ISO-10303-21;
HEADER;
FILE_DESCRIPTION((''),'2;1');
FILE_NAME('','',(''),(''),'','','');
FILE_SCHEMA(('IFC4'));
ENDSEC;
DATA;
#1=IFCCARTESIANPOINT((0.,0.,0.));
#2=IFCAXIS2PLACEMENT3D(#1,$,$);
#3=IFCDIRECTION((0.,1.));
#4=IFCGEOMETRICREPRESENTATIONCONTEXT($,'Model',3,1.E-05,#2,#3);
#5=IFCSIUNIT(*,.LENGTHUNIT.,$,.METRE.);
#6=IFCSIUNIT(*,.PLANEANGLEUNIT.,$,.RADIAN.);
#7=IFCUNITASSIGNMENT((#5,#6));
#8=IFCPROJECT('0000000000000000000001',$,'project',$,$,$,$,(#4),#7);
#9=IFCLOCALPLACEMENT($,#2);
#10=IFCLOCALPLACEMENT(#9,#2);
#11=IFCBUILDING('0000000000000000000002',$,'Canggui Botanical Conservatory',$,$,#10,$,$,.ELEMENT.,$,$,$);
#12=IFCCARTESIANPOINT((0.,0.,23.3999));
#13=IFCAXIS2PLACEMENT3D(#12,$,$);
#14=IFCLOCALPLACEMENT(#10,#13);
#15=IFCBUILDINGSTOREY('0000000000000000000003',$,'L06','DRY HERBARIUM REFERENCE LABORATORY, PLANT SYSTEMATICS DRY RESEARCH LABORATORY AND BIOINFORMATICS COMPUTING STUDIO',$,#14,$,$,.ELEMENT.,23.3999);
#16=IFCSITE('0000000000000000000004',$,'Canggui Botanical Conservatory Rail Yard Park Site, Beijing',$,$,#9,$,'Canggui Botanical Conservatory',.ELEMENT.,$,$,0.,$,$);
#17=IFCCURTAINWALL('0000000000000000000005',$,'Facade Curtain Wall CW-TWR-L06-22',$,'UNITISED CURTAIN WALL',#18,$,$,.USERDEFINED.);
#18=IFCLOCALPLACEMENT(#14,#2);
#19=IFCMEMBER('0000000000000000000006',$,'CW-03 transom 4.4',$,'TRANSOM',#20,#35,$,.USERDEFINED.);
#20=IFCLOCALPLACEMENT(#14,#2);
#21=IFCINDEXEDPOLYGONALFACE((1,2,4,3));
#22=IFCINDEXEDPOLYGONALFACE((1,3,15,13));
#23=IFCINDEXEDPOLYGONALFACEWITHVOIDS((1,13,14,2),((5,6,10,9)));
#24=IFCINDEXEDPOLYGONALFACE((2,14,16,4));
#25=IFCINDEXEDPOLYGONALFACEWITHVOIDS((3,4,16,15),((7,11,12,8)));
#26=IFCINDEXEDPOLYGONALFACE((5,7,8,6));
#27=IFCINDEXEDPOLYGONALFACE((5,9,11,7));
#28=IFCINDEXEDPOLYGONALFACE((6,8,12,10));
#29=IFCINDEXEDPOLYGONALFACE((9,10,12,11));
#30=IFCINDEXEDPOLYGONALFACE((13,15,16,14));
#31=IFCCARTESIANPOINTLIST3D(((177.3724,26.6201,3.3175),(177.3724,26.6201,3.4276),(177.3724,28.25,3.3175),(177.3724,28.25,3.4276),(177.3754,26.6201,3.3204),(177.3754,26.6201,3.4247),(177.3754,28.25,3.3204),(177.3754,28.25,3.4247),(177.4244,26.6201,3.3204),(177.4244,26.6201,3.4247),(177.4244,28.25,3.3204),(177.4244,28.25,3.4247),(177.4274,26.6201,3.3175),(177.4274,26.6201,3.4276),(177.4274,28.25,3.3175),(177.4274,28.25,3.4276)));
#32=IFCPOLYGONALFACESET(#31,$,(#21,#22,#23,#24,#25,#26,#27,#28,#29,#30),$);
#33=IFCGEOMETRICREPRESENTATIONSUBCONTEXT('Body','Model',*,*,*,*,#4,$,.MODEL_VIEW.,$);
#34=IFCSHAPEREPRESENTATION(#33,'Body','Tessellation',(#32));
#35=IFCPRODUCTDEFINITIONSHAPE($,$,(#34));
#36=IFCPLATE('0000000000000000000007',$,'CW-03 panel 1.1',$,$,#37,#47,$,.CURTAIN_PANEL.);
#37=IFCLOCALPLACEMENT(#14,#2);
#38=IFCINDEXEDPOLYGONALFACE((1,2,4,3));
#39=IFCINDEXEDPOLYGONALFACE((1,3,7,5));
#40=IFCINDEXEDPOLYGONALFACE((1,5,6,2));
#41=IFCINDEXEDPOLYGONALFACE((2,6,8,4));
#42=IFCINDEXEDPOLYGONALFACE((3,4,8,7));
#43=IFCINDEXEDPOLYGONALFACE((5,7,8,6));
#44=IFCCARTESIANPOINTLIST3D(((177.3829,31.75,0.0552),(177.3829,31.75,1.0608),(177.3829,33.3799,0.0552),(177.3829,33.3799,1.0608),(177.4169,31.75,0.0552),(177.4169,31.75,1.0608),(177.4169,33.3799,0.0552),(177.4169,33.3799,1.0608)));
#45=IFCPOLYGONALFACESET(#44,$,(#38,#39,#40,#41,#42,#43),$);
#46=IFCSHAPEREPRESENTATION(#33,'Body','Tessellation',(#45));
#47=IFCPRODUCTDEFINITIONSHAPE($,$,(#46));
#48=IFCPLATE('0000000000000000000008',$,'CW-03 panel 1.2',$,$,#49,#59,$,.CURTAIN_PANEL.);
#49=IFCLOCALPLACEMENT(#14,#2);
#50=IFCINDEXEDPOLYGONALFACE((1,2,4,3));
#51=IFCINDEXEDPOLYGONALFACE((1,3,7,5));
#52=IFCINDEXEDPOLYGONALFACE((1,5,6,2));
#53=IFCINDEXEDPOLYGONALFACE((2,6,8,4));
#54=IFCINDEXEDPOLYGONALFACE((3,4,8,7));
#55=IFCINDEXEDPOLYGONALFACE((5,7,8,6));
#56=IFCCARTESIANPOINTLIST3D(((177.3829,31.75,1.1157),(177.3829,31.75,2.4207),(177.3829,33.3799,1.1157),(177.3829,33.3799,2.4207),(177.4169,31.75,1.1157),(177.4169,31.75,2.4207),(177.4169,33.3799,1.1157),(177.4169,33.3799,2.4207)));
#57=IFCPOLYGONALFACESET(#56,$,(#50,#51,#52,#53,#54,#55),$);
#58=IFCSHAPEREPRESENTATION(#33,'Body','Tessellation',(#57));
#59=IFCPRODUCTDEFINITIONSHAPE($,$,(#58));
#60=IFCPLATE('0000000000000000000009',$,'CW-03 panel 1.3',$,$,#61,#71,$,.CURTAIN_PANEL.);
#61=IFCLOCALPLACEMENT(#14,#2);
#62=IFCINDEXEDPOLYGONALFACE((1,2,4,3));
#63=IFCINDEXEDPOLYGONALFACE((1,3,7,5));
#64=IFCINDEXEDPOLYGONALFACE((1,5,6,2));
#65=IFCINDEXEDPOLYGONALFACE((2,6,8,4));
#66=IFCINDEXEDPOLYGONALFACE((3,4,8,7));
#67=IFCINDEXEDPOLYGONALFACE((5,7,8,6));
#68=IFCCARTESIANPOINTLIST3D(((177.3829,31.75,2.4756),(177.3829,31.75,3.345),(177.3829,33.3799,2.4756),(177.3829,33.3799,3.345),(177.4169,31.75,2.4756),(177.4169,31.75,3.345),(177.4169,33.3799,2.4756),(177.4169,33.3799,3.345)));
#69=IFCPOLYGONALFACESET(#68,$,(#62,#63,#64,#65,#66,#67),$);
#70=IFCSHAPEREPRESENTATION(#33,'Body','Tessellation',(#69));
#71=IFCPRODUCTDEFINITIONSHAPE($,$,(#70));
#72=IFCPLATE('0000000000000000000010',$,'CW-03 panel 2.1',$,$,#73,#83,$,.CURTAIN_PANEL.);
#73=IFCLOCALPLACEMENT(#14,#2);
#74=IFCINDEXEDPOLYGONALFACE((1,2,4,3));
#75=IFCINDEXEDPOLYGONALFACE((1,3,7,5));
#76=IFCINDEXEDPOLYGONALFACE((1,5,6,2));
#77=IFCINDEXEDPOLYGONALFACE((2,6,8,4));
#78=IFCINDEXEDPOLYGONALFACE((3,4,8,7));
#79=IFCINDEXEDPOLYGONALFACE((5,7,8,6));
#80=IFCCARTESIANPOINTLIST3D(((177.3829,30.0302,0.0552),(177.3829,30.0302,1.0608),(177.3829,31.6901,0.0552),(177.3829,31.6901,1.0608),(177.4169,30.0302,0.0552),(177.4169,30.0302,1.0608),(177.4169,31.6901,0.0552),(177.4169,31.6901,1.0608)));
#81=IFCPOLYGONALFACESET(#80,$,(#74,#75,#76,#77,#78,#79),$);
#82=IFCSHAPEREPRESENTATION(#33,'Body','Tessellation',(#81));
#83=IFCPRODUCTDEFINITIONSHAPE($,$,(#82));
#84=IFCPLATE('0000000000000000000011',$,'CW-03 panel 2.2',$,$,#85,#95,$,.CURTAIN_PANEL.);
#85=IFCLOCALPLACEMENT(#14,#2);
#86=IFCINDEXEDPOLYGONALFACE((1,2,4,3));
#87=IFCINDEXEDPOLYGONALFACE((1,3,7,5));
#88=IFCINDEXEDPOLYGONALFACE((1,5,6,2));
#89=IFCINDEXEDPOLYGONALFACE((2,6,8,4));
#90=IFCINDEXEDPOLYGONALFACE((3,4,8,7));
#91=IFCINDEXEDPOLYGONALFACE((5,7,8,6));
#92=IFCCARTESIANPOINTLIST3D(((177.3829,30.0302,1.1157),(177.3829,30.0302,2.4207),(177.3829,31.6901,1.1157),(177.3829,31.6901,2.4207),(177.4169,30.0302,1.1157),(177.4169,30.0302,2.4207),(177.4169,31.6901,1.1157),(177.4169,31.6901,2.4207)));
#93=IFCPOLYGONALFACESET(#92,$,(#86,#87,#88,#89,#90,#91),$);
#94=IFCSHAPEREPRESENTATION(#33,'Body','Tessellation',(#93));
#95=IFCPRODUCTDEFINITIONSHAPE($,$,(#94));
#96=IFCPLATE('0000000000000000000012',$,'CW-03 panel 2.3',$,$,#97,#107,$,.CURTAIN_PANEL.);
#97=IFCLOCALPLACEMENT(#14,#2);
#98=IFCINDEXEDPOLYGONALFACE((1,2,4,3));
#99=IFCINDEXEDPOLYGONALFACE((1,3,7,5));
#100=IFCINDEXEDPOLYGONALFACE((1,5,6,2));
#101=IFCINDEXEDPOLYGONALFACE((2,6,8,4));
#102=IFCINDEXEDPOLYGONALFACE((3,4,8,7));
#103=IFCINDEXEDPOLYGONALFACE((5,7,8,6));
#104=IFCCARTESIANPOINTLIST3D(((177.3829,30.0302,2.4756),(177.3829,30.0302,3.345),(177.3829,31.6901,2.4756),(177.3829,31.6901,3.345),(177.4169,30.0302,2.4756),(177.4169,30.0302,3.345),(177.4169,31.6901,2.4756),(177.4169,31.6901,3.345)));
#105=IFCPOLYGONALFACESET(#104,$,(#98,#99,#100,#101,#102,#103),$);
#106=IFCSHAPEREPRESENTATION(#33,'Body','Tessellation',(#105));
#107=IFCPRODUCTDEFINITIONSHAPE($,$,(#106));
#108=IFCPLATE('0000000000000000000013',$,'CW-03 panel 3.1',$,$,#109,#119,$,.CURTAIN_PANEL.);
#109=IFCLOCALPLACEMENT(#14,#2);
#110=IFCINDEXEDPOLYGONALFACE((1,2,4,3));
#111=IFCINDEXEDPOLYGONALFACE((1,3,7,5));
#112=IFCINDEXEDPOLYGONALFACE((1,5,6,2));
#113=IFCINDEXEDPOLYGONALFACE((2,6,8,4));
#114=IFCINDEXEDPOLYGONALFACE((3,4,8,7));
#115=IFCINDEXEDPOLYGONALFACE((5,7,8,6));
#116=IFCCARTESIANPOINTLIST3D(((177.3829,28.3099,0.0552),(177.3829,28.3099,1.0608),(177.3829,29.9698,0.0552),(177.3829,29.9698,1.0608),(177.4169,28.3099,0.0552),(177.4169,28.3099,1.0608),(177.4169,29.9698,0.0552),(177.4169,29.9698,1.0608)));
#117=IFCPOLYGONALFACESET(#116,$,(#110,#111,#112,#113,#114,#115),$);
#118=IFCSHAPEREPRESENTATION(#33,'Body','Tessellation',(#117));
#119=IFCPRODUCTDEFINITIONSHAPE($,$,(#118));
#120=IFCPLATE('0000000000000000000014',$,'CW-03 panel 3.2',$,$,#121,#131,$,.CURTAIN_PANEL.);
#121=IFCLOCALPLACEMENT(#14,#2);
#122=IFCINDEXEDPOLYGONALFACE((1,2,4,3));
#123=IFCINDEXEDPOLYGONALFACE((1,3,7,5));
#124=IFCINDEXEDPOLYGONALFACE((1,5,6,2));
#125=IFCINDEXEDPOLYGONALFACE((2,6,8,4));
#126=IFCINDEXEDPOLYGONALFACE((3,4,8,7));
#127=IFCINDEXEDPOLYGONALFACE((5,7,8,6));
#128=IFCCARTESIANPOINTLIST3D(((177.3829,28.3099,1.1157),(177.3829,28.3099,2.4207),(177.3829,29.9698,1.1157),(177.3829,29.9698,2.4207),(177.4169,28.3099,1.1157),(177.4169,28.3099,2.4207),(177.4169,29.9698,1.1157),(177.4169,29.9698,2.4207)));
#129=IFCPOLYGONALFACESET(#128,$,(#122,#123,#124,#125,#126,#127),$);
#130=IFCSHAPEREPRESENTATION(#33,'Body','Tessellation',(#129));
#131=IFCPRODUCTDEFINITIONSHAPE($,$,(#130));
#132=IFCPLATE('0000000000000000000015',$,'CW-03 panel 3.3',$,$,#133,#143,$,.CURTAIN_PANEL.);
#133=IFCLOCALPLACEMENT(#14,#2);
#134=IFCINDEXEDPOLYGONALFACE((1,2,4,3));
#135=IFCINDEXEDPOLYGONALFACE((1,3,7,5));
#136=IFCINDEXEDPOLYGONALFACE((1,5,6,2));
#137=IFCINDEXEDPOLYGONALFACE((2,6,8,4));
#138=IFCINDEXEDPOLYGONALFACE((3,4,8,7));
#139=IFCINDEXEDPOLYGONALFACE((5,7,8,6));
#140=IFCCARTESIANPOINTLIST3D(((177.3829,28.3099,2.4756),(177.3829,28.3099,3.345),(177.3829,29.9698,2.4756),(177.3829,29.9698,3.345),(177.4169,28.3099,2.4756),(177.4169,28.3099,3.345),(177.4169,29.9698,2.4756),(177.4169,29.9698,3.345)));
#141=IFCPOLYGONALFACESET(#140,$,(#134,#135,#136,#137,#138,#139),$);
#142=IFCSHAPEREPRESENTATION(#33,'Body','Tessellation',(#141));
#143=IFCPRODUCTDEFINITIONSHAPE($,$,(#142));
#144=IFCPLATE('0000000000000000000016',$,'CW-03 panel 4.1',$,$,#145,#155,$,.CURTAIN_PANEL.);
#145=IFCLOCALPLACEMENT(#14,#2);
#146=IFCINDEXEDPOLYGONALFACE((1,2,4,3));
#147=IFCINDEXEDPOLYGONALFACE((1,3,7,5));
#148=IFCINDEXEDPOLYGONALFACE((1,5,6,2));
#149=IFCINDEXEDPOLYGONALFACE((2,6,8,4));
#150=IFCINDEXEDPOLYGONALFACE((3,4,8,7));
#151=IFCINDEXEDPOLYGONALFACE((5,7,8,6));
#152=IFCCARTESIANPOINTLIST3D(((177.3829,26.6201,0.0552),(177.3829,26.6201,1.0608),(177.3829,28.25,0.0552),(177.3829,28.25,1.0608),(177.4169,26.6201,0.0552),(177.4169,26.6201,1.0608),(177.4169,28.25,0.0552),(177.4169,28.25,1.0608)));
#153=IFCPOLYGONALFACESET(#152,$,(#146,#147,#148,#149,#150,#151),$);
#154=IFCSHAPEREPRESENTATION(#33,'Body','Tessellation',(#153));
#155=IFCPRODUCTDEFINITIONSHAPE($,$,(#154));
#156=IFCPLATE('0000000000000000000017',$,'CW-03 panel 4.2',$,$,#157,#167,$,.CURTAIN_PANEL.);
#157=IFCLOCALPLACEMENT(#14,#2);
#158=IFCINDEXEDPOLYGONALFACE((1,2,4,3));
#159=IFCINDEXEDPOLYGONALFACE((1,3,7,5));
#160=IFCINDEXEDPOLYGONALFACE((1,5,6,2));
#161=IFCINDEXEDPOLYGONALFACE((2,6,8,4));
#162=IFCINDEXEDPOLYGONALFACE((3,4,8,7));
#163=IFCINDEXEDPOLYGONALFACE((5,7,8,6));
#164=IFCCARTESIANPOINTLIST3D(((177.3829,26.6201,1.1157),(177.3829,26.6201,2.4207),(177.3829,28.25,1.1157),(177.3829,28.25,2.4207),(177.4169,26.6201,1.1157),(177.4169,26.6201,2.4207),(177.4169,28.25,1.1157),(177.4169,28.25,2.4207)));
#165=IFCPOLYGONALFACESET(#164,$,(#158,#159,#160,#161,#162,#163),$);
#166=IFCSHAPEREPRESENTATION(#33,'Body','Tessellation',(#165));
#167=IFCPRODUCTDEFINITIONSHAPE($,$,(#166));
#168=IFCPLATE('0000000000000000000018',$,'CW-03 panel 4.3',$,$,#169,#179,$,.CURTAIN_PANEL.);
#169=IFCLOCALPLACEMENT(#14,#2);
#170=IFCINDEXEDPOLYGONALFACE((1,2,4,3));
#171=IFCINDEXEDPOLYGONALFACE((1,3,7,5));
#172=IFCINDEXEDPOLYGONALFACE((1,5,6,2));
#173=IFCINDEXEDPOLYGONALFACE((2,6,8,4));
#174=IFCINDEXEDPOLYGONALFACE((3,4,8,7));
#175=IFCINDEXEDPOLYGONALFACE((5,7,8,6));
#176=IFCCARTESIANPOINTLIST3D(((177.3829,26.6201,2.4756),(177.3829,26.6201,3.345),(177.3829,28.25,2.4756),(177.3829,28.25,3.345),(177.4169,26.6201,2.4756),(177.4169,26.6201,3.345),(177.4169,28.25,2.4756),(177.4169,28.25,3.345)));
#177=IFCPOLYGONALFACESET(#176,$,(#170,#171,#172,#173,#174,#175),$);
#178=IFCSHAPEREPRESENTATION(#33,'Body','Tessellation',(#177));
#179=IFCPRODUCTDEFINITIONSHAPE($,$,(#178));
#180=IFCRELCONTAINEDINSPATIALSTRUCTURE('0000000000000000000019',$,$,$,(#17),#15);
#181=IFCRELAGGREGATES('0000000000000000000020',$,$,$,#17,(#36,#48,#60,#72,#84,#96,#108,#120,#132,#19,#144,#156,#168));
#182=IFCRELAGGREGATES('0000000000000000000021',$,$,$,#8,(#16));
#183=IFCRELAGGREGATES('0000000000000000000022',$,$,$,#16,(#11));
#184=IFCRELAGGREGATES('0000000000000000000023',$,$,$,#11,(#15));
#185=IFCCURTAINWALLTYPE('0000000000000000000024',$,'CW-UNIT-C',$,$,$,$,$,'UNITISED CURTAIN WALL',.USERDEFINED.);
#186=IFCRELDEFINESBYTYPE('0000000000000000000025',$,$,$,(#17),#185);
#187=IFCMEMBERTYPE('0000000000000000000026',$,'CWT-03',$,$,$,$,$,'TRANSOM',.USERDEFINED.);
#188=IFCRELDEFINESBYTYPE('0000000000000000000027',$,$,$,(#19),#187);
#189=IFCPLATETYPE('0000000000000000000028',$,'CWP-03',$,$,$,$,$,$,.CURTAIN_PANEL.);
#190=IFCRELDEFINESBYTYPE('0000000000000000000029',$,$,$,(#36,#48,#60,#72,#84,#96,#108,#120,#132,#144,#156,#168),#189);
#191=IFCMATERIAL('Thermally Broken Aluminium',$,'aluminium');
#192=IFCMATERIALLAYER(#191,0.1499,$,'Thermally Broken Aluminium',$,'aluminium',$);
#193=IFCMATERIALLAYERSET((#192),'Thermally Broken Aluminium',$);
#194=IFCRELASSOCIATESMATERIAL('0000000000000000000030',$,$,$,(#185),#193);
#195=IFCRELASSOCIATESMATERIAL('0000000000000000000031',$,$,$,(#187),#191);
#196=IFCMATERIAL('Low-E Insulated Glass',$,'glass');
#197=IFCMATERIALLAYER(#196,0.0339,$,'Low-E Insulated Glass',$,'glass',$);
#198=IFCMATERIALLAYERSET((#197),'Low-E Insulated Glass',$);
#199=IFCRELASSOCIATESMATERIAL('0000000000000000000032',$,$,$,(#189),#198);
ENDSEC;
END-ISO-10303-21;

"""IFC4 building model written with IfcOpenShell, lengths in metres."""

from ifc_helpers import new_model, si_unit, direction, frame, origin, origin_2d, place, context, subcontext, project, spatial, rectangle, hollow_rectangle, extrude, material, layer, layer_set, material_profile, profile_set, type_object, element, aggregate, save


model = new_model("IFC4")

# Units and contexts
model_context = context("Model", 3, precision=1e-05, world=origin(), true_north=direction((0.0, 1.0)))
body_context = subcontext(model_context, "Body", "Model", "MODEL_VIEW")
ifc_project = project(units=[si_unit("LENGTHUNIT", "METRE"), si_unit("PLANEANGLEUNIT", "RADIAN")], contexts=[model_context])

# Site, building, storey
site_placement = place(None, origin())
site = spatial("IfcSite", under=ifc_project, at=site_placement, Name="Canggui Botanical Conservatory Rail Yard Park Site, Beijing", LongName="Canggui Botanical Conservatory", CompositionType="ELEMENT", RefElevation=0.0)
building_placement = place(site_placement, origin())
building = spatial("IfcBuilding", under=site, at=building_placement, Name="Canggui Botanical Conservatory", CompositionType="ELEMENT")
storey_placement = place(building_placement, frame((0.0, 0.0, 23.3999)))
storey = spatial("IfcBuildingStorey", under=building, at=storey_placement, Name="L06", Description="DRY HERBARIUM REFERENCE LABORATORY, PLANT SYSTEMATICS DRY RESEARCH LABORATORY AND BIOINFORMATICS COMPUTING STUDIO", CompositionType="ELEMENT", Elevation=23.3999)

# Shared definitions
ifc_material_1 = material(Name="Thermally Broken Aluminium", Category="aluminium")
ifc_layer_1 = layer(ifc_material_1, 0.1499, Name="Thermally Broken Aluminium", Category="aluminium")
ifc_layer_set_1 = layer_set([ifc_layer_1], Name="Thermally Broken Aluminium")
curtain_wall_type = type_object("IfcCurtainWallType", Name="CW-UNIT-C", ElementType="UNITISED CURTAIN WALL", PredefinedType="USERDEFINED", material=ifc_layer_set_1)

# Curtain wall
curtain_wall_1_placement = place(storey_placement, origin())
curtain_wall_1 = element("IfcCurtainWall", 1, at=curtain_wall_1_placement, inside=storey, type_object=curtain_wall_type, Name="Facade Curtain Wall CW-TWR-L06-22", ObjectType="UNITISED CURTAIN WALL", PredefinedType="USERDEFINED")

# Member
ifc_material_profile_1 = material_profile(ifc_material_1, hollow_rectangle(XDim=0.0549, YDim=0.1101, WallThickness=0.0029, at=origin_2d()), Name="CWT 55x110x3")
ifc_profile_set_1 = profile_set([ifc_material_profile_1], Name="Thermally Broken Aluminium")
member_type_1 = type_object("IfcMemberType", Name="CWT-03", ElementType="TRANSOM", PredefinedType="USERDEFINED", material=ifc_profile_set_1)
member_1_placement = place(storey_placement, frame((177.3999, 28.25, 3.3726), z_axis=(0.0, -1.0, 0.0), x_axis=(1.0, 0.0, 0.0)))
member_1 = element("IfcMember", 2, at=member_1_placement, type_object=member_type_1, Name="CW-03 transom 4.4", ObjectType="TRANSOM", PredefinedType="USERDEFINED", context=body_context, shape_type="SweptSolid", body=[
    extrude(hollow_rectangle(XDim=0.0549, YDim=0.1101, WallThickness=0.0029, at=origin_2d()), origin(), (0.0, 0.0, 1.0), 1.6299),
])

# Plates
ifc_material_2 = material(Name="Low-E Insulated Glass", Category="glass")
ifc_layer_2 = layer(ifc_material_2, 0.0339, Name="Low-E Insulated Glass", Category="glass")
ifc_layer_set_2 = layer_set([ifc_layer_2], Name="Low-E Insulated Glass")
plate_type = type_object("IfcPlateType", Name="CWP-03", PredefinedType="CURTAIN_PANEL", material=ifc_layer_set_2)
plate_1_placement = place(storey_placement, frame((177.3999, 32.5649, 0.0552), z_axis=(0.0, 0.0, 1.0), x_axis=(0.0, -1.0, 0.0)))
plate_1 = element("IfcPlate", 3, at=plate_1_placement, type_object=plate_type, Name="CW-03 panel 1.1", PredefinedType="CURTAIN_PANEL", context=body_context, shape_type="SweptSolid", body=[
    extrude(rectangle(XDim=1.6299, YDim=0.0339, at=origin_2d()), origin(), (0.0, 0.0, 1.0), 1.0056),
])
plate_2_placement = place(storey_placement, frame((177.3999, 32.5649, 1.1157), z_axis=(0.0, 0.0, 1.0), x_axis=(0.0, -1.0, 0.0)))
plate_2 = element("IfcPlate", 4, at=plate_2_placement, type_object=plate_type, Name="CW-03 panel 1.2", PredefinedType="CURTAIN_PANEL", context=body_context, shape_type="SweptSolid", body=[
    extrude(rectangle(XDim=1.6299, YDim=0.0339, at=origin_2d()), origin(), (0.0, 0.0, 1.0), 1.3049),
])
plate_3_placement = place(storey_placement, frame((177.3999, 32.5649, 2.4756), z_axis=(0.0, 0.0, 1.0), x_axis=(0.0, -1.0, 0.0)))
plate_3 = element("IfcPlate", 5, at=plate_3_placement, type_object=plate_type, Name="CW-03 panel 1.3", PredefinedType="CURTAIN_PANEL", context=body_context, shape_type="SweptSolid", body=[
    extrude(rectangle(XDim=1.6299, YDim=0.0339, at=origin_2d()), origin(), (0.0, 0.0, 1.0), 0.8694),
])
plate_4_placement = place(storey_placement, frame((177.3999, 30.8601, 0.0552), z_axis=(0.0, 0.0, 1.0), x_axis=(0.0, -1.0, 0.0)))
plate_4 = element("IfcPlate", 6, at=plate_4_placement, type_object=plate_type, Name="CW-03 panel 2.1", PredefinedType="CURTAIN_PANEL", context=body_context, shape_type="SweptSolid", body=[
    extrude(rectangle(XDim=1.6599, YDim=0.0339, at=origin_2d()), origin(), (0.0, 0.0, 1.0), 1.0056),
])
plate_5_placement = place(storey_placement, frame((177.3999, 30.8601, 1.1157), z_axis=(0.0, 0.0, 1.0), x_axis=(0.0, -1.0, 0.0)))
plate_5 = element("IfcPlate", 7, at=plate_5_placement, type_object=plate_type, Name="CW-03 panel 2.2", PredefinedType="CURTAIN_PANEL", context=body_context, shape_type="SweptSolid", body=[
    extrude(rectangle(XDim=1.6599, YDim=0.0339, at=origin_2d()), origin(), (0.0, 0.0, 1.0), 1.3049),
])
plate_6_placement = place(storey_placement, frame((177.3999, 30.8601, 2.4756), z_axis=(0.0, 0.0, 1.0), x_axis=(0.0, -1.0, 0.0)))
plate_6 = element("IfcPlate", 8, at=plate_6_placement, type_object=plate_type, Name="CW-03 panel 2.3", PredefinedType="CURTAIN_PANEL", context=body_context, shape_type="SweptSolid", body=[
    extrude(rectangle(XDim=1.6599, YDim=0.0339, at=origin_2d()), origin(), (0.0, 0.0, 1.0), 0.8694),
])
plate_7_placement = place(storey_placement, frame((177.3999, 29.1399, 0.0552), z_axis=(0.0, 0.0, 1.0), x_axis=(0.0, -1.0, 0.0)))
plate_7 = element("IfcPlate", 9, at=plate_7_placement, type_object=plate_type, Name="CW-03 panel 3.1", PredefinedType="CURTAIN_PANEL", context=body_context, shape_type="SweptSolid", body=[
    extrude(rectangle(XDim=1.6599, YDim=0.0339, at=origin_2d()), origin(), (0.0, 0.0, 1.0), 1.0056),
])
plate_8_placement = place(storey_placement, frame((177.3999, 29.1399, 1.1157), z_axis=(0.0, 0.0, 1.0), x_axis=(0.0, -1.0, 0.0)))
plate_8 = element("IfcPlate", 10, at=plate_8_placement, type_object=plate_type, Name="CW-03 panel 3.2", PredefinedType="CURTAIN_PANEL", context=body_context, shape_type="SweptSolid", body=[
    extrude(rectangle(XDim=1.6599, YDim=0.0339, at=origin_2d()), origin(), (0.0, 0.0, 1.0), 1.3049),
])
plate_9_placement = place(storey_placement, frame((177.3999, 29.1399, 2.4756), z_axis=(0.0, 0.0, 1.0), x_axis=(0.0, -1.0, 0.0)))
plate_9 = element("IfcPlate", 11, at=plate_9_placement, type_object=plate_type, Name="CW-03 panel 3.3", PredefinedType="CURTAIN_PANEL", context=body_context, shape_type="SweptSolid", body=[
    extrude(rectangle(XDim=1.6599, YDim=0.0339, at=origin_2d()), origin(), (0.0, 0.0, 1.0), 0.8694),
])
plate_10_placement = place(storey_placement, frame((177.3999, 27.4351, 0.0552), z_axis=(0.0, 0.0, 1.0), x_axis=(0.0, -1.0, 0.0)))
plate_10 = element("IfcPlate", 12, at=plate_10_placement, type_object=plate_type, Name="CW-03 panel 4.1", PredefinedType="CURTAIN_PANEL", context=body_context, shape_type="SweptSolid", body=[
    extrude(rectangle(XDim=1.6299, YDim=0.0339, at=origin_2d()), origin(), (0.0, 0.0, 1.0), 1.0056),
])
plate_11_placement = place(storey_placement, frame((177.3999, 27.4351, 1.1157), z_axis=(0.0, 0.0, 1.0), x_axis=(0.0, -1.0, 0.0)))
plate_11 = element("IfcPlate", 13, at=plate_11_placement, type_object=plate_type, Name="CW-03 panel 4.2", PredefinedType="CURTAIN_PANEL", context=body_context, shape_type="SweptSolid", body=[
    extrude(rectangle(XDim=1.6299, YDim=0.0339, at=origin_2d()), origin(), (0.0, 0.0, 1.0), 1.3049),
])
plate_12_placement = place(storey_placement, frame((177.3999, 27.4351, 2.4756), z_axis=(0.0, 0.0, 1.0), x_axis=(0.0, -1.0, 0.0)))
plate_12 = element("IfcPlate", 14, at=plate_12_placement, type_object=plate_type, Name="CW-03 panel 4.3", PredefinedType="CURTAIN_PANEL", context=body_context, shape_type="SweptSolid", body=[
    extrude(rectangle(XDim=1.6299, YDim=0.0339, at=origin_2d()), origin(), (0.0, 0.0, 1.0), 0.8694),
])
aggregate(curtain_wall_1, [plate_1, plate_2, plate_3, plate_4, plate_5, plate_6, plate_7, plate_8, plate_9, member_1, plate_10, plate_11, plate_12])

save(model, "model.ifc")
